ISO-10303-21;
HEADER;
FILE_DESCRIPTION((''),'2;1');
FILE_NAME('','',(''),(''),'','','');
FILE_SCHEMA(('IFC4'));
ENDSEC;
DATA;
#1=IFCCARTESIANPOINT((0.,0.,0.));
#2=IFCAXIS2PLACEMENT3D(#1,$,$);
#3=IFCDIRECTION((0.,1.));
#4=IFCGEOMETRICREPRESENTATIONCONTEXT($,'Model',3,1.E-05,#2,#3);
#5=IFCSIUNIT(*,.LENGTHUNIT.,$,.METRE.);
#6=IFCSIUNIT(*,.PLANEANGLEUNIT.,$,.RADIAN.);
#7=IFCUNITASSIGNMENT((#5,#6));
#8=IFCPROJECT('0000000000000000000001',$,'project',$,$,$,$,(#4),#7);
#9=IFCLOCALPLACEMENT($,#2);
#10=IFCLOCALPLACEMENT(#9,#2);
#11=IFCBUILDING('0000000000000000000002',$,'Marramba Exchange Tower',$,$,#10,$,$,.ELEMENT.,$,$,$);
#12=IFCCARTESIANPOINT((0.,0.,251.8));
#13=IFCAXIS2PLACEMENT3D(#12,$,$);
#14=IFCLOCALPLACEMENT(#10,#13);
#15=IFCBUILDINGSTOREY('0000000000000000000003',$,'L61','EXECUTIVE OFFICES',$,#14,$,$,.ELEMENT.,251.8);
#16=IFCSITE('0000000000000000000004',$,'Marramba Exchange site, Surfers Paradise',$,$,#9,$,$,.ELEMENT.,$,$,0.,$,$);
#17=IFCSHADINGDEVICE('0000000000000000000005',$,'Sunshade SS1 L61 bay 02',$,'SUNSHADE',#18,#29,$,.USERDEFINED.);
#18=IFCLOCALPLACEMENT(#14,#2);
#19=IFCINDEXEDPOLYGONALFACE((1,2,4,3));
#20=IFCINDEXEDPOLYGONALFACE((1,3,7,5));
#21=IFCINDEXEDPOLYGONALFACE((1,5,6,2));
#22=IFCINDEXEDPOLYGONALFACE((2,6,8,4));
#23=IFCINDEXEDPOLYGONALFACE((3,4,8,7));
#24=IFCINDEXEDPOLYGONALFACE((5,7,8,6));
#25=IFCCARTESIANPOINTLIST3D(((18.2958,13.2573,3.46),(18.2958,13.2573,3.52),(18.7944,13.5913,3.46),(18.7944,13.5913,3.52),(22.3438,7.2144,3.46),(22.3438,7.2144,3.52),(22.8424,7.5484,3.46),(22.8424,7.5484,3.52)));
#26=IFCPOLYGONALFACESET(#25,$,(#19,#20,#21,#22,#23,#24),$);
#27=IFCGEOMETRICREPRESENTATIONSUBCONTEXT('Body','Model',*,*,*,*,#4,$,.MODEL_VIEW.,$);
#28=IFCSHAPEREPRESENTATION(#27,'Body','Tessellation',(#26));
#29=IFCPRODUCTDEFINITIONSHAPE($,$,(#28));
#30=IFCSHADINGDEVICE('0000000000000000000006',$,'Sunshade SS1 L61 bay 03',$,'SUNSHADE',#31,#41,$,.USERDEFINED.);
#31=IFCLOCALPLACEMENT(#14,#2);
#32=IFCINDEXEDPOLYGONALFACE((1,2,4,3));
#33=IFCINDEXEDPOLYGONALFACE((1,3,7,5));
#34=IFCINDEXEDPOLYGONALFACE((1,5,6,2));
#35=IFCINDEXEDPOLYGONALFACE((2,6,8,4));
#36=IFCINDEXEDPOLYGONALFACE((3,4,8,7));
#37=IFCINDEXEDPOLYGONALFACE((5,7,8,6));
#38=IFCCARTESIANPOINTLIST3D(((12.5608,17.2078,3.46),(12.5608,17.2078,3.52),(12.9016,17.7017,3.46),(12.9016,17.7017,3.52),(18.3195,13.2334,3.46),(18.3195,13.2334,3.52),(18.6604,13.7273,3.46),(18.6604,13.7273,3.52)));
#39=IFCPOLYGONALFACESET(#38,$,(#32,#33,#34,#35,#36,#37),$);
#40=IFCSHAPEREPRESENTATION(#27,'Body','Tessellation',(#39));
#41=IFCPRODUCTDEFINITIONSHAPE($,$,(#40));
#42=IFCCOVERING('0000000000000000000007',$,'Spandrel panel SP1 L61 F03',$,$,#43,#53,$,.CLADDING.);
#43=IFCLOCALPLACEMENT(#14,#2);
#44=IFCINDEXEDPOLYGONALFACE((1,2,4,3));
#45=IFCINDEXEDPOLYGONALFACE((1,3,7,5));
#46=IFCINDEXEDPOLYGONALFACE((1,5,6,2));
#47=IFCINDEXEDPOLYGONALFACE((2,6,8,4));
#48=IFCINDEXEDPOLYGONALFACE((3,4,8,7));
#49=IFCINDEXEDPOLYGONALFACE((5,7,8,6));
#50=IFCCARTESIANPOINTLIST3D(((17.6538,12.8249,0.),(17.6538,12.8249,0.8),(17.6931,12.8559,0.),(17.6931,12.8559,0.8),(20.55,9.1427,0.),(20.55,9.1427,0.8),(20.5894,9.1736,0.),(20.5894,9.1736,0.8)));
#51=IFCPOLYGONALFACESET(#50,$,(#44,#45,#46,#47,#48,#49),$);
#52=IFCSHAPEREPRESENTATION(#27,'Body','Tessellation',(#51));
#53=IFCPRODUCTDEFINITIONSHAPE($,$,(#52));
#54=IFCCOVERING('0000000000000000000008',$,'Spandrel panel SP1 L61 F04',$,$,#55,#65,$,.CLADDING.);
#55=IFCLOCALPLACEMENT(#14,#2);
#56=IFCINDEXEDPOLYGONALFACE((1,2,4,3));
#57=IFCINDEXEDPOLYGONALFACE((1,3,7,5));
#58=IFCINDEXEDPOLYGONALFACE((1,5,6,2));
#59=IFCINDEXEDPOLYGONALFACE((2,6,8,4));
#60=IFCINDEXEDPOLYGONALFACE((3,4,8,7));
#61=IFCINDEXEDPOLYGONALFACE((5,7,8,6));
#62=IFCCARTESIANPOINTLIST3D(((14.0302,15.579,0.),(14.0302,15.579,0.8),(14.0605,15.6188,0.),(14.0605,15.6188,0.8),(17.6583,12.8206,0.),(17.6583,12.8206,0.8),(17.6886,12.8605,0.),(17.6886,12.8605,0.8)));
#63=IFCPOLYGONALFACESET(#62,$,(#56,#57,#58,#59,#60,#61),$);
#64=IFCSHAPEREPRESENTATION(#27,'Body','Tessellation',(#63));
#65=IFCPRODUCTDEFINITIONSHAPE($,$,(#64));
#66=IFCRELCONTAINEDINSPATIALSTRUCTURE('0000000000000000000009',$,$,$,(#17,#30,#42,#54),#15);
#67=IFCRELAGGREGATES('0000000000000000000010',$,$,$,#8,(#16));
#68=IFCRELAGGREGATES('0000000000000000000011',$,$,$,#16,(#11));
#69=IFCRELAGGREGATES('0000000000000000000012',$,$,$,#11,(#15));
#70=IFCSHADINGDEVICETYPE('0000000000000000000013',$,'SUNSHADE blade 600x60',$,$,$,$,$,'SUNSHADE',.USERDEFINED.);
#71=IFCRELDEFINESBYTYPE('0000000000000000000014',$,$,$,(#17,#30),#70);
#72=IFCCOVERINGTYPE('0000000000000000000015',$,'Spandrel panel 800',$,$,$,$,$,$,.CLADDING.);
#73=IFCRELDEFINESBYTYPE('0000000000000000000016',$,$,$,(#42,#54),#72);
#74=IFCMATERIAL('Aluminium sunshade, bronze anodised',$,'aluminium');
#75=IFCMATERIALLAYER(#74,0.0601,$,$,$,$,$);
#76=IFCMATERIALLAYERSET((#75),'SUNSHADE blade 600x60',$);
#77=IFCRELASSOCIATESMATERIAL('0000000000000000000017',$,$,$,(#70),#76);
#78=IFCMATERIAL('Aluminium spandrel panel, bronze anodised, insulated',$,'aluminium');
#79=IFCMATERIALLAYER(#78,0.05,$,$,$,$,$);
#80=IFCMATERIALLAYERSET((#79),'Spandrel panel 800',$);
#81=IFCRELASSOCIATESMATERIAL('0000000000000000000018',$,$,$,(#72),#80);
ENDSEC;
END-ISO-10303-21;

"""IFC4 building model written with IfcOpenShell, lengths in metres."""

from ifc_helpers import new_model, si_unit, direction, frame, origin, origin_2d, place, context, subcontext, project, spatial, rectangle, extrude, material, layer, layer_set, type_object, element, save


model = new_model("IFC4")

# Units and contexts
model_context = context("Model", 3, precision=1e-05, world=origin(), true_north=direction((0.0, 1.0)))
body_context = subcontext(model_context, "Body", "Model", "MODEL_VIEW")
ifc_project = project(units=[si_unit("LENGTHUNIT", "METRE"), si_unit("PLANEANGLEUNIT", "RADIAN")], contexts=[model_context])

# Site, building, storey
site_placement = place(None, origin())
site = spatial("IfcSite", under=ifc_project, at=site_placement, Name="Marramba Exchange site, Surfers Paradise", CompositionType="ELEMENT", RefElevation=0.0)
building_placement = place(site_placement, origin())
building = spatial("IfcBuilding", under=site, at=building_placement, Name="Marramba Exchange Tower", CompositionType="ELEMENT")
storey_placement = place(building_placement, frame((0.0, 0.0, 251.8)))
storey = spatial("IfcBuildingStorey", under=building, at=storey_placement, Name="L61", Description="EXECUTIVE OFFICES", CompositionType="ELEMENT", Elevation=251.8)

# Shading devices
ifc_material_1 = material(Name="Aluminium sunshade, bronze anodised", Category="aluminium")
ifc_layer_1 = layer(ifc_material_1, 0.0601)
ifc_layer_set_1 = layer_set([ifc_layer_1], Name="SUNSHADE blade 600x60")
shading_device_type_1 = type_object("IfcShadingDeviceType", Name="SUNSHADE blade 600x60", ElementType="SUNSHADE", PredefinedType="USERDEFINED", material=ifc_layer_set_1)
shading_device_1_placement = place(storey_placement, frame((20.5691, 10.4028, 3.46), z_axis=(0.0, 0.0, 1.0), x_axis=(-0.55654, 0.830821, 0.0)))
element("IfcShadingDevice", 1, at=shading_device_1_placement, inside=storey, type_object=shading_device_type_1, Name="Sunshade SS1 L61 bay 02", ObjectType="SUNSHADE", PredefinedType="USERDEFINED", context=body_context, shape_type="SweptSolid", body=[
    extrude(rectangle(XDim=7.2734, YDim=0.6001, at=origin_2d()), origin(), (0.0, 0.0, 1.0), 0.0601),
])
shading_device_2_placement = place(storey_placement, frame((15.6106, 15.4675, 3.46), z_axis=(0.0, 0.0, 1.0), x_axis=(-0.823024, 0.568006, 0.0)))
element("IfcShadingDevice", 2, at=shading_device_2_placement, inside=storey, type_object=shading_device_type_1, Name="Sunshade SS1 L61 bay 03", ObjectType="SUNSHADE", PredefinedType="USERDEFINED", context=body_context, shape_type="SweptSolid", body=[
    extrude(rectangle(XDim=6.9971, YDim=0.6001, at=origin_2d()), origin(), (0.0, 0.0, 1.0), 0.0601),
])

# Coverings
ifc_material_2 = material(Name="Aluminium spandrel panel, bronze anodised, insulated", Category="aluminium")
ifc_layer_2 = layer(ifc_material_2, 0.05)
ifc_layer_set_2 = layer_set([ifc_layer_2], Name="Spandrel panel 800")
covering_type = type_object("IfcCoveringType", Name="Spandrel panel 800", PredefinedType="CLADDING", material=ifc_layer_set_2)
covering_1_placement = place(storey_placement, frame((19.1216, 10.9993, 0.0), z_axis=(0.0, 0.0, 1.0), x_axis=(-0.618223, 0.786003, 0.0)))
element("IfcCovering", 3, at=covering_1_placement, inside=storey, type_object=covering_type, Name="Spandrel panel SP1 L61 F03", PredefinedType="CLADDING", context=body_context, shape_type="SweptSolid", body=[
    extrude(rectangle(XDim=4.6848, YDim=0.05, at=origin_2d()), origin(), (0.0, 0.0, 1.0), 0.8),
])
covering_2_placement = place(storey_placement, frame((15.8594, 14.2197, 0.0), z_axis=(0.0, 0.0, 1.0), x_axis=(-0.796059, 0.605219, 0.0)))
element("IfcCovering", 4, at=covering_2_placement, inside=storey, type_object=covering_type, Name="Spandrel panel SP1 L61 F04", PredefinedType="CLADDING", context=body_context, shape_type="SweptSolid", body=[
    extrude(rectangle(XDim=4.5576, YDim=0.05, at=origin_2d()), origin(), (0.0, 0.0, 1.0), 0.8),
])

save(model, "model.ifc")
